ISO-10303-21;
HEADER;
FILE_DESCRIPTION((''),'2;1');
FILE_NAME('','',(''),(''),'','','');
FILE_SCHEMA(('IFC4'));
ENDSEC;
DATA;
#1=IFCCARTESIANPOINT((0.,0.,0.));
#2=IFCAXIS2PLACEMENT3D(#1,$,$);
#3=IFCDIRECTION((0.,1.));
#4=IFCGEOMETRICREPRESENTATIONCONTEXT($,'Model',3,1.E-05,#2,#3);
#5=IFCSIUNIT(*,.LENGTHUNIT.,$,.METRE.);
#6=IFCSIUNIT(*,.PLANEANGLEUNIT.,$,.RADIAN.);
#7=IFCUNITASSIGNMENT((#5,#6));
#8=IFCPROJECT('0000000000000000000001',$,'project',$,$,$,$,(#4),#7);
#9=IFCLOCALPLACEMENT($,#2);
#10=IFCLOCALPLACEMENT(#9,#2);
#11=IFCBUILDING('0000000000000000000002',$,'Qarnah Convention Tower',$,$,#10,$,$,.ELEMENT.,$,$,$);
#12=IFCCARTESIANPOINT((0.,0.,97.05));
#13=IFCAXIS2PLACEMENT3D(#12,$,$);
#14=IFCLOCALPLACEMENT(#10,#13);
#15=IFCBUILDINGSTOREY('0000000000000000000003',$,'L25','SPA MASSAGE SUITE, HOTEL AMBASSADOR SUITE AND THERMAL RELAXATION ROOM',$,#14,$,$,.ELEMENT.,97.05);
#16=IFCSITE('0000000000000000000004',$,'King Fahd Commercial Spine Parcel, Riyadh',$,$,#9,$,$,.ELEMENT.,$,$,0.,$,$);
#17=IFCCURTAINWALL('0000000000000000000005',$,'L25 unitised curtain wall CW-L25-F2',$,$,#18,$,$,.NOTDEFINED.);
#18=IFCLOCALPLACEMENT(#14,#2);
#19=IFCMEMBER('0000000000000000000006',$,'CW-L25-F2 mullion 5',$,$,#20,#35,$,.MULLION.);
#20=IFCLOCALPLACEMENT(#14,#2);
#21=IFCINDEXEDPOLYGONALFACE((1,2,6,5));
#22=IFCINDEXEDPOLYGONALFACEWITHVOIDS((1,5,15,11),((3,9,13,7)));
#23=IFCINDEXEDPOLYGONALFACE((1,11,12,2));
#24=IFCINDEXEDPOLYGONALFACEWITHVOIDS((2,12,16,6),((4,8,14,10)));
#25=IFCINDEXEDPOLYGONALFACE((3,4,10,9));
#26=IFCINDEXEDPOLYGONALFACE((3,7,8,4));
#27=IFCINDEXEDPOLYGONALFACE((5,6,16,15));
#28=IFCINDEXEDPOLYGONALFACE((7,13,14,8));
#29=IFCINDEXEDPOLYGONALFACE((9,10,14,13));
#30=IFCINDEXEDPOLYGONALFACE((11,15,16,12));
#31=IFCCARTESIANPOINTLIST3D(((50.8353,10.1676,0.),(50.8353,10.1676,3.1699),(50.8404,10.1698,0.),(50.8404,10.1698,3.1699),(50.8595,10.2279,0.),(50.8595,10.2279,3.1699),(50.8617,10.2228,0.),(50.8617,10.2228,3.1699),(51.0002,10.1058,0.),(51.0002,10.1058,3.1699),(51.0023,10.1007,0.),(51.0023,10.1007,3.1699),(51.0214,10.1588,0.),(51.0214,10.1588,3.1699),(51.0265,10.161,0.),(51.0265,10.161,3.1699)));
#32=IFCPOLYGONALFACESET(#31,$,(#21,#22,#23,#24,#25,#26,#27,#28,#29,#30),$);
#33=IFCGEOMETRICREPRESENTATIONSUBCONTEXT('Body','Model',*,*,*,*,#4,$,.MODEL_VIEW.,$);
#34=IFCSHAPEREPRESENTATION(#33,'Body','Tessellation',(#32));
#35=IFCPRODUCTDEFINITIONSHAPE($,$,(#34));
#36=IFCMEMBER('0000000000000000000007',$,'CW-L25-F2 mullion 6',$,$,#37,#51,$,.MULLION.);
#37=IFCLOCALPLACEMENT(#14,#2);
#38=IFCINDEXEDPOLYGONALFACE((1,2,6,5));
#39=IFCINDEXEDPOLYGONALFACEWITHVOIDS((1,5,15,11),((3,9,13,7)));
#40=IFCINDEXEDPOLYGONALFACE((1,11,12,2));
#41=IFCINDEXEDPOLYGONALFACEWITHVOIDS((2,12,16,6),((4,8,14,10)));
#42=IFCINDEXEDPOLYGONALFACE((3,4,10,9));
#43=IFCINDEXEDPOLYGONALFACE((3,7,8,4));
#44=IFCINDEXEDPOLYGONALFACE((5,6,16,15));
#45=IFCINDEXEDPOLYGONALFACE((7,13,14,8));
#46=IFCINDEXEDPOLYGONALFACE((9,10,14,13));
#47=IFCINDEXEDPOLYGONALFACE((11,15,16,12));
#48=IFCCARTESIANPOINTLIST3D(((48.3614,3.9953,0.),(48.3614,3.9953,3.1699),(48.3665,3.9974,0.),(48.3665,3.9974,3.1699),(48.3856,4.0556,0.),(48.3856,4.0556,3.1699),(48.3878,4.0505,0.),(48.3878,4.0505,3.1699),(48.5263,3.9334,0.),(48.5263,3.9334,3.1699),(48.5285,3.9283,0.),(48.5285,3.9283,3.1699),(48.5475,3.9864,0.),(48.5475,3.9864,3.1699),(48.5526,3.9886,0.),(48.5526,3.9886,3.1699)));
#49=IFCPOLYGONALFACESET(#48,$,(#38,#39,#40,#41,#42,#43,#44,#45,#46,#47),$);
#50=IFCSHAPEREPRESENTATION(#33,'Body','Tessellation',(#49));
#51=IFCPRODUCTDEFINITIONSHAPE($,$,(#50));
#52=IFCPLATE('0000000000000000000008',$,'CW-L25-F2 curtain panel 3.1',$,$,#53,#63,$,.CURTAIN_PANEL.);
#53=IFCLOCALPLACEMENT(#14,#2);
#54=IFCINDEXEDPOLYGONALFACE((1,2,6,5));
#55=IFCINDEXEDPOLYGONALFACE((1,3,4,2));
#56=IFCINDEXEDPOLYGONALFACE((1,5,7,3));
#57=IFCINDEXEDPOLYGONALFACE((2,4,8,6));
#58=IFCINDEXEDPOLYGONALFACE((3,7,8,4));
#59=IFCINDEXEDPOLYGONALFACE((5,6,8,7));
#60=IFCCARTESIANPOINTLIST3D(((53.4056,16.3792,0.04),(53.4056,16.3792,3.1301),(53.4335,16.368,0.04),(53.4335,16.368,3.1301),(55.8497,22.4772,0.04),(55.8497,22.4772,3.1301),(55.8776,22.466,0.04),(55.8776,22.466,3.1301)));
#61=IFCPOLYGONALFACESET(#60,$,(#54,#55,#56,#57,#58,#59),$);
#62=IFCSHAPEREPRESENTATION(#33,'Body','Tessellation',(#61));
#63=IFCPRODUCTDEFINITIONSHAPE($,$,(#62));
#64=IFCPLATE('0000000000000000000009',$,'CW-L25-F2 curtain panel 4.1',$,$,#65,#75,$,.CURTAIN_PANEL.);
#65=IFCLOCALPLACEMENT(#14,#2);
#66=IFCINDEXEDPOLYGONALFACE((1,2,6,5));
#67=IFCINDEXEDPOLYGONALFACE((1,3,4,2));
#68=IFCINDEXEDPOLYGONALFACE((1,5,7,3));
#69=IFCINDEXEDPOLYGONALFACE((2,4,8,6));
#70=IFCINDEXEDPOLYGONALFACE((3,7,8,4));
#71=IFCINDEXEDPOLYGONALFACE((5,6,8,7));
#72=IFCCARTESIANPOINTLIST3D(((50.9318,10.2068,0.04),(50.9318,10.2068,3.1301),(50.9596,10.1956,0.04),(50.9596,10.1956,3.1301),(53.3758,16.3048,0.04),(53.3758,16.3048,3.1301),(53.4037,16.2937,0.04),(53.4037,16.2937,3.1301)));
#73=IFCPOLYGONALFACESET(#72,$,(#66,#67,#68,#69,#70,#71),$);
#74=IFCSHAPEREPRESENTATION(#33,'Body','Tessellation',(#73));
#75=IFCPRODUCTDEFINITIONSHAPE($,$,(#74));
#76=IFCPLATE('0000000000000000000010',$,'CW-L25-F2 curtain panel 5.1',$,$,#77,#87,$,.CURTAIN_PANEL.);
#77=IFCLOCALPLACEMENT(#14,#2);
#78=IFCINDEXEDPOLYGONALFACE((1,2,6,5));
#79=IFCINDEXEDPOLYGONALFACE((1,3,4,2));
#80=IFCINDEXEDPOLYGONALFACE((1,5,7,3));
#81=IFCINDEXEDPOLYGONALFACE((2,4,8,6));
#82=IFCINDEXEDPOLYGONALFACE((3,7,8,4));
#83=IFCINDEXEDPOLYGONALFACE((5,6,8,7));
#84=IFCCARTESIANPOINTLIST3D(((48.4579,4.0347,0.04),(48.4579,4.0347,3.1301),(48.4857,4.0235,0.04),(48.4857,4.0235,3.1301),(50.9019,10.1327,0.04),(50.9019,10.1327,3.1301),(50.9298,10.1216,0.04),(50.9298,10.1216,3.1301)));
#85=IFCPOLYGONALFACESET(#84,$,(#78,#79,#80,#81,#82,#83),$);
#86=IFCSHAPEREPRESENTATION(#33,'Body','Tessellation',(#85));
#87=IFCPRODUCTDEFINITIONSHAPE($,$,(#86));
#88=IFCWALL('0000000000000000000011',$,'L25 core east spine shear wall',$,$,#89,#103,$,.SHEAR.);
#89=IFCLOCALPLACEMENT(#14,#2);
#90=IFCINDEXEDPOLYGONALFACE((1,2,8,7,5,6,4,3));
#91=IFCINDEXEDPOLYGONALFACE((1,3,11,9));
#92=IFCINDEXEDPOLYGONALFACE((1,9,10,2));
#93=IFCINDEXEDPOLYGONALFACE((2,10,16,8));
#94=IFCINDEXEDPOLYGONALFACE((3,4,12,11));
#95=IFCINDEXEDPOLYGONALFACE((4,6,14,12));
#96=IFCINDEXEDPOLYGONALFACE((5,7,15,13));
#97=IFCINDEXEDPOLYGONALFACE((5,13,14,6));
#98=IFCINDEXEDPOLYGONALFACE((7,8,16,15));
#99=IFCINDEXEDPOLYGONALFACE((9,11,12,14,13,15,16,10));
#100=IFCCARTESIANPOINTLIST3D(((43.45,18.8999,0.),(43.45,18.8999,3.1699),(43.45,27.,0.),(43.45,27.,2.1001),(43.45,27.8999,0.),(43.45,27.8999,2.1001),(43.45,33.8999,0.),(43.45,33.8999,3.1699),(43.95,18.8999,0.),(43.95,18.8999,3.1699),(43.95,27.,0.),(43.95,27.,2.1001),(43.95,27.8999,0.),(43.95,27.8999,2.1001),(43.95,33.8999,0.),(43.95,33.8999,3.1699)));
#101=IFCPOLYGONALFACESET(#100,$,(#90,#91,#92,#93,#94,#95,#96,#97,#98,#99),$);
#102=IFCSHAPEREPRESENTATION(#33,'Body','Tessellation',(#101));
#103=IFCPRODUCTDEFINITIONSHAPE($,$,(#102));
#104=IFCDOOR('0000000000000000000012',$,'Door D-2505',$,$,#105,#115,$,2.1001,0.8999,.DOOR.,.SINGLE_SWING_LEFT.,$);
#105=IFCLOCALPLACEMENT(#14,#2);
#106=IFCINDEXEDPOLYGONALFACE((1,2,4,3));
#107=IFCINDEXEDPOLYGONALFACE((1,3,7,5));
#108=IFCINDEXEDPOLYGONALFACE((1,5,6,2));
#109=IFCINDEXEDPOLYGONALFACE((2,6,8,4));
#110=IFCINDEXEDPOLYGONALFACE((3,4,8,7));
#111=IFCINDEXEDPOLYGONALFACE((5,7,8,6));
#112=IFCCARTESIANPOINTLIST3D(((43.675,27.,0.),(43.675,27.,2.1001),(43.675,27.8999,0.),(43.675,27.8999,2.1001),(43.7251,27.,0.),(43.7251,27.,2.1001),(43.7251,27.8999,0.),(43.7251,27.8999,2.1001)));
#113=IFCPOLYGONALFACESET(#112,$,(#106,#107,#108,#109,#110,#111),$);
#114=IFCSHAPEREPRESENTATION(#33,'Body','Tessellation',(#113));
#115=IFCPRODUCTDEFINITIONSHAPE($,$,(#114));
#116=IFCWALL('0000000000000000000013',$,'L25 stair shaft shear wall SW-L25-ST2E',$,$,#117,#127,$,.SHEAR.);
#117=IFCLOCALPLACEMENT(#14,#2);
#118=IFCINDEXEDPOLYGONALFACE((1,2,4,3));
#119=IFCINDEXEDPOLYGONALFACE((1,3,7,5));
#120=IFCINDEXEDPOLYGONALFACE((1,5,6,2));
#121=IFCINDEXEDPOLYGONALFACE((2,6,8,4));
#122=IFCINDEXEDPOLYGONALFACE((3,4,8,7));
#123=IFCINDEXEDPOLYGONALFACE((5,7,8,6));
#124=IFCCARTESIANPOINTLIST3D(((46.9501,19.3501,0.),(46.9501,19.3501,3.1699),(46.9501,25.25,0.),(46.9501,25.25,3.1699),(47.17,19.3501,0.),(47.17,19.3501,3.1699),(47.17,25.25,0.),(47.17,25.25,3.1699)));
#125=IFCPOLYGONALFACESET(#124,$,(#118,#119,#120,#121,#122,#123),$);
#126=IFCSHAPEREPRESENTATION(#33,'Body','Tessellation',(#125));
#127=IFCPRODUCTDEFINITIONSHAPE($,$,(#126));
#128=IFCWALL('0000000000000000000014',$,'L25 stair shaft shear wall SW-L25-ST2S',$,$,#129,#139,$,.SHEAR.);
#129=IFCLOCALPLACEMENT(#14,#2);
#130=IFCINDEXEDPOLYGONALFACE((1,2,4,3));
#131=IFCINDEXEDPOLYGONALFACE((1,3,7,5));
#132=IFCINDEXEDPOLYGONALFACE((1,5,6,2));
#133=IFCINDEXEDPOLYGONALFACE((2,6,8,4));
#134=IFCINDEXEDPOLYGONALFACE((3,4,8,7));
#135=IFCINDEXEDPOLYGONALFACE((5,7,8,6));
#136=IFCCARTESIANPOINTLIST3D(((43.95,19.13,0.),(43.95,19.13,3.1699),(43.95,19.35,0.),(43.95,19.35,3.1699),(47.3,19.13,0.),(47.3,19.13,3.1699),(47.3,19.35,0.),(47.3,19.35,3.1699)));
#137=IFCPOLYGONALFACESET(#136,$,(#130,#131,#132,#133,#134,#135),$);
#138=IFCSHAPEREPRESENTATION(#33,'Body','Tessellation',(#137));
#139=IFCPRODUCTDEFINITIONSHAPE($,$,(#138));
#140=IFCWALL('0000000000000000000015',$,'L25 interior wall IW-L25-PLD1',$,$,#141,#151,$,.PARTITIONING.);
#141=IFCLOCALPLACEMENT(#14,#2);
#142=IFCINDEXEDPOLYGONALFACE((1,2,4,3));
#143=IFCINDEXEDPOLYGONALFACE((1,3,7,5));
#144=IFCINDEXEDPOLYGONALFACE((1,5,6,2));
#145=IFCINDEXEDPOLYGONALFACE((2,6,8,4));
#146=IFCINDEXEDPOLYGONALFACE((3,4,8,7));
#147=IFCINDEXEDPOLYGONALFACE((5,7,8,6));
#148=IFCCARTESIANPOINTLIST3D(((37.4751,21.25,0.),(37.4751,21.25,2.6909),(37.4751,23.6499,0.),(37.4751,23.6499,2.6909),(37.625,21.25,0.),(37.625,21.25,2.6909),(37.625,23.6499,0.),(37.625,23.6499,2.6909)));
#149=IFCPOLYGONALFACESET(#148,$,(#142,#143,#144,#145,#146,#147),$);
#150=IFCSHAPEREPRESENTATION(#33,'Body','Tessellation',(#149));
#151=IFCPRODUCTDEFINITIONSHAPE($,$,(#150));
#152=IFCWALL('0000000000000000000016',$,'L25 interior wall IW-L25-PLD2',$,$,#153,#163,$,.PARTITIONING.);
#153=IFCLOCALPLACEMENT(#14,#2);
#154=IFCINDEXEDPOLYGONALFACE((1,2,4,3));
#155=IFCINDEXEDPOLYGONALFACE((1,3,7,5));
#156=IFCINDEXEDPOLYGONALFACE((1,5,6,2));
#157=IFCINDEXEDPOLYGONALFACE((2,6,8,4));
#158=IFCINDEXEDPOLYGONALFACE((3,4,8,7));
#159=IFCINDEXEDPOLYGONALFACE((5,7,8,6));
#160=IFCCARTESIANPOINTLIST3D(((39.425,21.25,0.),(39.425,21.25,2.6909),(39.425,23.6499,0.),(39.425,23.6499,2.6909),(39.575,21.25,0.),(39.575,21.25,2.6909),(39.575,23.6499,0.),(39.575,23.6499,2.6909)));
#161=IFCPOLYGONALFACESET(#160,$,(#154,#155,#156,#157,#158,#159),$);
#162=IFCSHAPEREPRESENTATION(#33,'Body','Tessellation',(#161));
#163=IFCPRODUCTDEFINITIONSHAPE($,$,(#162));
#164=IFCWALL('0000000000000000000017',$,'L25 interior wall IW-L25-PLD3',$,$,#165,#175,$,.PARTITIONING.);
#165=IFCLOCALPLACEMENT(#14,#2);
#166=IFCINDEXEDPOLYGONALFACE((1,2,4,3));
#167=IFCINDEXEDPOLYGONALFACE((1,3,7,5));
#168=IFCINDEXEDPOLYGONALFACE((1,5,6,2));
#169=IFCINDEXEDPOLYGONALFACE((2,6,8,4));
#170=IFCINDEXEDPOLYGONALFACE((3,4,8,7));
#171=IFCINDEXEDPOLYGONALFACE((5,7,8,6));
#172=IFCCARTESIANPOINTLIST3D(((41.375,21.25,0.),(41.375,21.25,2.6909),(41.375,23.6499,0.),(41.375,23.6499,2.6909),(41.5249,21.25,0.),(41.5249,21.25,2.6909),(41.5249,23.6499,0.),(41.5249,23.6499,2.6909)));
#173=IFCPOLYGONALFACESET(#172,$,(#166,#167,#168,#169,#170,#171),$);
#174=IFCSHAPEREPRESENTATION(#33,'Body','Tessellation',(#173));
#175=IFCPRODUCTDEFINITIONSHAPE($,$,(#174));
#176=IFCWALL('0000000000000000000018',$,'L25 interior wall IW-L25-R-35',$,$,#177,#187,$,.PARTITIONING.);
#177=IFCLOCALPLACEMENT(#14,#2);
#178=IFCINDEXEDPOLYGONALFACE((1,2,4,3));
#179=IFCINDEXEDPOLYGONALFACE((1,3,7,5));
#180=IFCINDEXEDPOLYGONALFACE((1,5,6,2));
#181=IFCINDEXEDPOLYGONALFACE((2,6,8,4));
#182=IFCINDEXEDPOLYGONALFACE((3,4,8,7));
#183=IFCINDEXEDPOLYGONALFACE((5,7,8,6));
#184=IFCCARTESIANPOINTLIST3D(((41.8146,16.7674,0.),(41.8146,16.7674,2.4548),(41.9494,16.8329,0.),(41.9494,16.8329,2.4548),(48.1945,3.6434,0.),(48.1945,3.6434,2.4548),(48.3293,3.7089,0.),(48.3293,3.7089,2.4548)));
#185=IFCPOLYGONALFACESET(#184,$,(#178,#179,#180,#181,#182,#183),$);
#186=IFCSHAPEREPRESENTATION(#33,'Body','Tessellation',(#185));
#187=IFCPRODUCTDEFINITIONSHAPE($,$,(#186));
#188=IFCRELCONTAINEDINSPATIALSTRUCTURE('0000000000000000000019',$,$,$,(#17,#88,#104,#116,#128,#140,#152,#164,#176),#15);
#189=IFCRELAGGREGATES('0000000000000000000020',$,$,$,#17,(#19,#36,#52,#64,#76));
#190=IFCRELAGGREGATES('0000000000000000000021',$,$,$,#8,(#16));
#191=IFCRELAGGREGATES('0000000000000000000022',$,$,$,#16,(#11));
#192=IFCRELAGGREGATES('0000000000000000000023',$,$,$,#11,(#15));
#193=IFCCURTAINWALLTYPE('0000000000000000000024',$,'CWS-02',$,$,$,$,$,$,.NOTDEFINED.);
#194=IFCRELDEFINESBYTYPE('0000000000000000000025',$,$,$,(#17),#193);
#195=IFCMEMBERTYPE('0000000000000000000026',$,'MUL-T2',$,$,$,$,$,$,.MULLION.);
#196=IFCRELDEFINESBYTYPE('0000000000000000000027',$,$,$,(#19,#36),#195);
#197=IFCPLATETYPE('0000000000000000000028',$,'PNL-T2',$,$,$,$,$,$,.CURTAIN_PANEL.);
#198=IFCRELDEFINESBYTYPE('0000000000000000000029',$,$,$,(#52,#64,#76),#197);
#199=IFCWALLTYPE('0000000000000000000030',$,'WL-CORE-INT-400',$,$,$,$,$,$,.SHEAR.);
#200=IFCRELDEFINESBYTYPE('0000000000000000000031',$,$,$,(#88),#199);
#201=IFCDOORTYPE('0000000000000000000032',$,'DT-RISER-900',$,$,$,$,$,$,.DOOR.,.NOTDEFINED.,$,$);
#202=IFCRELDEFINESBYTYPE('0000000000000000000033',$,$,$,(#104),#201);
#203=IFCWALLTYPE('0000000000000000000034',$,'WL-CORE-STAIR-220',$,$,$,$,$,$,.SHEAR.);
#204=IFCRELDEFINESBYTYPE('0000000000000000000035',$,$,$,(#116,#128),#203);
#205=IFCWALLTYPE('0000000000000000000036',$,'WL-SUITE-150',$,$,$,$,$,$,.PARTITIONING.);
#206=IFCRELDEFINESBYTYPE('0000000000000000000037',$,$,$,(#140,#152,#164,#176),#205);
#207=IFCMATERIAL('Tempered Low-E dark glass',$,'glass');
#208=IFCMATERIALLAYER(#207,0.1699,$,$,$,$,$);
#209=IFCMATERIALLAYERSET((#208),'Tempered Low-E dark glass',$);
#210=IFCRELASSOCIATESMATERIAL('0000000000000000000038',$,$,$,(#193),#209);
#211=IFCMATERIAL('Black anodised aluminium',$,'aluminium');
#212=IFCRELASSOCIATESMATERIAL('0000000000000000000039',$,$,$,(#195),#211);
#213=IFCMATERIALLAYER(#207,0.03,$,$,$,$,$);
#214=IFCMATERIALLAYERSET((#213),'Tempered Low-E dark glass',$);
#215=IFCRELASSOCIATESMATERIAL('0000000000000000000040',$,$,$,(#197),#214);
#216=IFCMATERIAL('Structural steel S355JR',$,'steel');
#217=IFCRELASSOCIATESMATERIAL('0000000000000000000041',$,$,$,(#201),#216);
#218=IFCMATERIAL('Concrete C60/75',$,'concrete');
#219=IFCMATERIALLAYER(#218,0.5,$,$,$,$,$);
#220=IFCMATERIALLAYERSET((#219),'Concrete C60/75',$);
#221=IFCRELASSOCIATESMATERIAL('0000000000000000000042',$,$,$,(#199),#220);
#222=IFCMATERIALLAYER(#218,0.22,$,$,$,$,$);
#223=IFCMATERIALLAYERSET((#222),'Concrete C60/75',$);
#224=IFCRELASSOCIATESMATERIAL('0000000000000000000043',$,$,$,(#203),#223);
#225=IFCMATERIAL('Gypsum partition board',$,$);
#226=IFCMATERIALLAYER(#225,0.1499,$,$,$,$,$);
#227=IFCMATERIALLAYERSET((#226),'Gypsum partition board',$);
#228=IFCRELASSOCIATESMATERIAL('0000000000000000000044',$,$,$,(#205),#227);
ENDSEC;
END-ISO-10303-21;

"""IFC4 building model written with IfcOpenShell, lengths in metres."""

from ifc_helpers import new_model, si_unit, direction, frame, frame_2d, origin, origin_2d, place, context, subcontext, project, spatial, rectangle, hollow_rectangle, extrude, material, layer, layer_set, material_profile, profile_set, type_object, element, fill, aggregate, save


model = new_model("IFC4")

# Units and contexts
model_context = context("Model", 3, precision=1e-05, world=origin(), true_north=direction((0.0, 1.0)))
body_context = subcontext(model_context, "Body", "Model", "MODEL_VIEW")
ifc_project = project(units=[si_unit("LENGTHUNIT", "METRE"), si_unit("PLANEANGLEUNIT", "RADIAN")], contexts=[model_context])

# Site, building, storey
site_placement = place(None, origin())
site = spatial("IfcSite", under=ifc_project, at=site_placement, Name="King Fahd Commercial Spine Parcel, Riyadh", CompositionType="ELEMENT", RefElevation=0.0)
building_placement = place(site_placement, origin())
building = spatial("IfcBuilding", under=site, at=building_placement, Name="Qarnah Convention Tower", CompositionType="ELEMENT")
storey_placement = place(building_placement, frame((0.0, 0.0, 97.05)))
storey = spatial("IfcBuildingStorey", under=building, at=storey_placement, Name="L25", Description="SPA MASSAGE SUITE, HOTEL AMBASSADOR SUITE AND THERMAL RELAXATION ROOM", CompositionType="ELEMENT", Elevation=97.05)

# Shared definitions
ifc_material_1 = material(Name="Concrete C60/75", Category="concrete")

# Shared definitions
ifc_material_2 = material(Name="Structural steel S355JR", Category="steel")

# Curtain wall, members, plates
ifc_material_3 = material(Name="Tempered Low-E dark glass", Category="glass")
ifc_layer_1 = layer(ifc_material_3, 0.1699)
ifc_layer_set_1 = layer_set([ifc_layer_1], Name="Tempered Low-E dark glass")
curtain_wall_type = type_object("IfcCurtainWallType", Name="CWS-02", PredefinedType="NOTDEFINED", material=ifc_layer_set_1)
curtain_wall_placement = place(storey_placement, origin())
curtain_wall = element("IfcCurtainWall", 1, at=curtain_wall_placement, inside=storey, type_object=curtain_wall_type, Name="L25 unitised curtain wall CW-L25-F2", PredefinedType="NOTDEFINED")
ifc_material_4 = material(Name="Black anodised aluminium", Category="aluminium")
ifc_material_profile_1 = material_profile(ifc_material_4, hollow_rectangle(XDim=0.0649, YDim=0.1799, WallThickness=0.0039, at=origin_2d()), Name="MUL-65X180")
ifc_profile_set_1 = profile_set([ifc_material_profile_1], Name="Black anodised aluminium")
member_type = type_object("IfcMemberType", Name="MUL-T2", PredefinedType="MULLION", material=ifc_profile_set_1)
member_1_placement = place(storey_placement, frame((50.9309, 10.1643, 0.0), z_axis=(0.0, 0.0, 1.0), x_axis=(-0.372028, -0.928221, 0.0)))
member_1 = element("IfcMember", 2, at=member_1_placement, type_object=member_type, Name="CW-L25-F2 mullion 5", PredefinedType="MULLION", context=body_context, shape_type="SweptSolid", body=[
    extrude(hollow_rectangle(XDim=0.0649, YDim=0.1799, WallThickness=0.0039, at=origin_2d()), origin(), (0.0, 0.0, 1.0), 3.1699),
])
member_2_placement = place(storey_placement, frame((48.457, 3.9919, 0.0), z_axis=(0.0, 0.0, 1.0), x_axis=(-0.372028, -0.928221, 0.0)))
member_2 = element("IfcMember", 3, at=member_2_placement, type_object=member_type, Name="CW-L25-F2 mullion 6", PredefinedType="MULLION", context=body_context, shape_type="SweptSolid", body=[
    extrude(hollow_rectangle(XDim=0.0649, YDim=0.1799, WallThickness=0.0039, at=origin_2d()), origin(), (0.0, 0.0, 1.0), 3.1699),
])
ifc_layer_2 = layer(ifc_material_3, 0.03)
ifc_layer_set_2 = layer_set([ifc_layer_2], Name="Tempered Low-E dark glass")
plate_type = type_object("IfcPlateType", Name="PNL-T2", PredefinedType="CURTAIN_PANEL", material=ifc_layer_set_2)
plate_1_placement = place(storey_placement, frame((54.6416, 19.4226, 0.04), z_axis=(0.0, 0.0, 1.0), x_axis=(-0.372028, -0.928221, 0.0)))
plate_1 = element("IfcPlate", 4, at=plate_1_placement, type_object=plate_type, Name="CW-L25-F2 curtain panel 3.1", PredefinedType="CURTAIN_PANEL", context=body_context, shape_type="SweptSolid", body=[
    extrude(rectangle(XDim=6.5696, YDim=0.03, at=origin_2d()), origin(), (0.0, 0.0, 1.0), 3.0901),
])
plate_2_placement = place(storey_placement, frame((52.1677, 13.2502, 0.04), z_axis=(0.0, 0.0, 1.0), x_axis=(-0.372028, -0.928221, 0.0)))
plate_2 = element("IfcPlate", 5, at=plate_2_placement, type_object=plate_type, Name="CW-L25-F2 curtain panel 4.1", PredefinedType="CURTAIN_PANEL", context=body_context, shape_type="SweptSolid", body=[
    extrude(rectangle(XDim=6.5696, YDim=0.03, at=origin_2d()), origin(), (0.0, 0.0, 1.0), 3.0901),
])
plate_3_placement = place(storey_placement, frame((49.6938, 7.0781, 0.04), z_axis=(0.0, 0.0, 1.0), x_axis=(-0.372028, -0.928221, 0.0)))
plate_3 = element("IfcPlate", 6, at=plate_3_placement, type_object=plate_type, Name="CW-L25-F2 curtain panel 5.1", PredefinedType="CURTAIN_PANEL", context=body_context, shape_type="SweptSolid", body=[
    extrude(rectangle(XDim=6.5696, YDim=0.03, at=origin_2d()), origin(), (0.0, 0.0, 1.0), 3.0901),
])
aggregate(curtain_wall, [member_1, member_2, plate_1, plate_2, plate_3])

# Shared definitions
door_type_1 = type_object("IfcDoorType", Name="DT-RISER-900", OperationType="NOTDEFINED", PredefinedType="DOOR", material=ifc_material_2)

# Wall, opening, door
ifc_layer_3 = layer(ifc_material_1, 0.5)
ifc_layer_set_3 = layer_set([ifc_layer_3], Name="Concrete C60/75")
wall_type_1 = type_object("IfcWallType", Name="WL-CORE-INT-400", PredefinedType="SHEAR", material=ifc_layer_set_3)
wall_1_placement = place(storey_placement, frame((43.7, 18.8999, 0.0), z_axis=(0.0, 0.0, 1.0), x_axis=(0.0, 1.0, 0.0)))
wall_1 = element("IfcWall", 7, at=wall_1_placement, inside=storey, type_object=wall_type_1, Name="L25 core east spine shear wall", PredefinedType="SHEAR", context=body_context, shape_type="SweptSolid", body=[
    extrude(rectangle(XDim=15.0, YDim=0.5, at=frame_2d((7.5, 0.0))), origin(), (0.0, 0.0, 1.0), 3.1699),
])
opening_1_placement = place(wall_1_placement, frame((8.1001, 0.0, 0.0)))
opening_1 = element("IfcOpeningElement", 8, at=opening_1_placement, cuts=wall_1, PredefinedType="OPENING", context=body_context, shape_type="SweptSolid", body=[
    extrude(rectangle(XDim=0.8999, YDim=2.1001, at=frame_2d((0.45, 1.05))), frame((0.0, 0.26, 0.0), z_axis=(0.0, -1.0, 0.0), x_axis=(1.0, 0.0, 0.0)), (0.0, 0.0, 1.0), 0.52),
])
door_1_placement = place(opening_1_placement, origin())
door_1 = element("IfcDoor", 9, at=door_1_placement, inside=storey, type_object=door_type_1, Name="Door D-2505", OperationType="SINGLE_SWING_LEFT", OverallHeight=2.1001, OverallWidth=0.8999, PredefinedType="DOOR", context=body_context, shape_type="SweptSolid", body=[
    extrude(rectangle(XDim=0.8999, YDim=2.1001, at=frame_2d((0.45, 1.05))), frame((0.0, 0.0249, 0.0), z_axis=(0.0, -1.0, 0.0), x_axis=(1.0, 0.0, 0.0)), (0.0, 0.0, 1.0), 0.05),
])
fill(opening_1, door_1)

# Walls
ifc_layer_4 = layer(ifc_material_1, 0.22)
ifc_layer_set_4 = layer_set([ifc_layer_4], Name="Concrete C60/75")
wall_type_2 = type_object("IfcWallType", Name="WL-CORE-STAIR-220", PredefinedType="SHEAR", material=ifc_layer_set_4)
wall_2_placement = place(storey_placement, frame((47.0601, 19.3501, 0.0), z_axis=(0.0, 0.0, 1.0), x_axis=(0.0, 1.0, 0.0)))
element("IfcWall", 10, at=wall_2_placement, inside=storey, type_object=wall_type_2, Name="L25 stair shaft shear wall SW-L25-ST2E", PredefinedType="SHEAR", context=body_context, shape_type="SweptSolid", body=[
    extrude(rectangle(XDim=5.8999, YDim=0.22, at=frame_2d((2.95, 0.0))), origin(), (0.0, 0.0, 1.0), 3.1699),
])
wall_3_placement = place(storey_placement, frame((43.95, 19.24, 0.0), z_axis=(0.0, 0.0, 1.0), x_axis=(1.0, 0.0, 0.0)))
element("IfcWall", 11, at=wall_3_placement, inside=storey, type_object=wall_type_2, Name="L25 stair shaft shear wall SW-L25-ST2S", PredefinedType="SHEAR", context=body_context, shape_type="SweptSolid", body=[
    extrude(rectangle(XDim=3.3501, YDim=0.22, at=frame_2d((1.675, 0.0))), origin(), (0.0, 0.0, 1.0), 3.1699),
])
ifc_material_5 = material(Name="Gypsum partition board")
ifc_layer_5 = layer(ifc_material_5, 0.1499)
ifc_layer_set_5 = layer_set([ifc_layer_5], Name="Gypsum partition board")
wall_type_3 = type_object("IfcWallType", Name="WL-SUITE-150", PredefinedType="PARTITIONING", material=ifc_layer_set_5)
for number, where, z_axis, x_axis, name in (
    (12, (37.55, 21.25, 0.0), (0.0, 0.0, 1.0), (0.0, 1.0, 0.0), "L25 interior wall IW-L25-PLD1"),
    (13, (39.5, 21.25, 0.0), (0.0, 0.0, 1.0), (0.0, 1.0, 0.0), "L25 interior wall IW-L25-PLD2"),
    (14, (41.45, 21.25, 0.0), (0.0, 0.0, 1.0), (0.0, 1.0, 0.0), "L25 interior wall IW-L25-PLD3"),
):
    element("IfcWall", number, at=place(storey_placement, frame(where, z_axis=z_axis, x_axis=x_axis)), inside=storey, type_object=wall_type_3, Name=name, PredefinedType="PARTITIONING", context=body_context, shape_type="SweptSolid", body=[
        extrude(rectangle(XDim=2.3999, YDim=0.1499, at=frame_2d((1.2, 0.0))), origin(), (0.0, 0.0, 1.0), 2.6909),
    ])
wall_4_placement = place(storey_placement, frame((48.262, 3.676, 0.0), z_axis=(0.0, 0.0, 1.0), x_axis=(-0.437201, 0.899364, 0.0)))
element("IfcWall", 15, at=wall_4_placement, inside=storey, type_object=wall_type_3, Name="L25 interior wall IW-L25-R-35", PredefinedType="PARTITIONING", context=body_context, shape_type="SweptSolid", body=[
    extrude(rectangle(XDim=14.5925, YDim=0.1499, at=frame_2d((7.2964, 0.0))), origin(), (0.0, 0.0, 1.0), 2.4548),
])

save(model, "model.ifc")
